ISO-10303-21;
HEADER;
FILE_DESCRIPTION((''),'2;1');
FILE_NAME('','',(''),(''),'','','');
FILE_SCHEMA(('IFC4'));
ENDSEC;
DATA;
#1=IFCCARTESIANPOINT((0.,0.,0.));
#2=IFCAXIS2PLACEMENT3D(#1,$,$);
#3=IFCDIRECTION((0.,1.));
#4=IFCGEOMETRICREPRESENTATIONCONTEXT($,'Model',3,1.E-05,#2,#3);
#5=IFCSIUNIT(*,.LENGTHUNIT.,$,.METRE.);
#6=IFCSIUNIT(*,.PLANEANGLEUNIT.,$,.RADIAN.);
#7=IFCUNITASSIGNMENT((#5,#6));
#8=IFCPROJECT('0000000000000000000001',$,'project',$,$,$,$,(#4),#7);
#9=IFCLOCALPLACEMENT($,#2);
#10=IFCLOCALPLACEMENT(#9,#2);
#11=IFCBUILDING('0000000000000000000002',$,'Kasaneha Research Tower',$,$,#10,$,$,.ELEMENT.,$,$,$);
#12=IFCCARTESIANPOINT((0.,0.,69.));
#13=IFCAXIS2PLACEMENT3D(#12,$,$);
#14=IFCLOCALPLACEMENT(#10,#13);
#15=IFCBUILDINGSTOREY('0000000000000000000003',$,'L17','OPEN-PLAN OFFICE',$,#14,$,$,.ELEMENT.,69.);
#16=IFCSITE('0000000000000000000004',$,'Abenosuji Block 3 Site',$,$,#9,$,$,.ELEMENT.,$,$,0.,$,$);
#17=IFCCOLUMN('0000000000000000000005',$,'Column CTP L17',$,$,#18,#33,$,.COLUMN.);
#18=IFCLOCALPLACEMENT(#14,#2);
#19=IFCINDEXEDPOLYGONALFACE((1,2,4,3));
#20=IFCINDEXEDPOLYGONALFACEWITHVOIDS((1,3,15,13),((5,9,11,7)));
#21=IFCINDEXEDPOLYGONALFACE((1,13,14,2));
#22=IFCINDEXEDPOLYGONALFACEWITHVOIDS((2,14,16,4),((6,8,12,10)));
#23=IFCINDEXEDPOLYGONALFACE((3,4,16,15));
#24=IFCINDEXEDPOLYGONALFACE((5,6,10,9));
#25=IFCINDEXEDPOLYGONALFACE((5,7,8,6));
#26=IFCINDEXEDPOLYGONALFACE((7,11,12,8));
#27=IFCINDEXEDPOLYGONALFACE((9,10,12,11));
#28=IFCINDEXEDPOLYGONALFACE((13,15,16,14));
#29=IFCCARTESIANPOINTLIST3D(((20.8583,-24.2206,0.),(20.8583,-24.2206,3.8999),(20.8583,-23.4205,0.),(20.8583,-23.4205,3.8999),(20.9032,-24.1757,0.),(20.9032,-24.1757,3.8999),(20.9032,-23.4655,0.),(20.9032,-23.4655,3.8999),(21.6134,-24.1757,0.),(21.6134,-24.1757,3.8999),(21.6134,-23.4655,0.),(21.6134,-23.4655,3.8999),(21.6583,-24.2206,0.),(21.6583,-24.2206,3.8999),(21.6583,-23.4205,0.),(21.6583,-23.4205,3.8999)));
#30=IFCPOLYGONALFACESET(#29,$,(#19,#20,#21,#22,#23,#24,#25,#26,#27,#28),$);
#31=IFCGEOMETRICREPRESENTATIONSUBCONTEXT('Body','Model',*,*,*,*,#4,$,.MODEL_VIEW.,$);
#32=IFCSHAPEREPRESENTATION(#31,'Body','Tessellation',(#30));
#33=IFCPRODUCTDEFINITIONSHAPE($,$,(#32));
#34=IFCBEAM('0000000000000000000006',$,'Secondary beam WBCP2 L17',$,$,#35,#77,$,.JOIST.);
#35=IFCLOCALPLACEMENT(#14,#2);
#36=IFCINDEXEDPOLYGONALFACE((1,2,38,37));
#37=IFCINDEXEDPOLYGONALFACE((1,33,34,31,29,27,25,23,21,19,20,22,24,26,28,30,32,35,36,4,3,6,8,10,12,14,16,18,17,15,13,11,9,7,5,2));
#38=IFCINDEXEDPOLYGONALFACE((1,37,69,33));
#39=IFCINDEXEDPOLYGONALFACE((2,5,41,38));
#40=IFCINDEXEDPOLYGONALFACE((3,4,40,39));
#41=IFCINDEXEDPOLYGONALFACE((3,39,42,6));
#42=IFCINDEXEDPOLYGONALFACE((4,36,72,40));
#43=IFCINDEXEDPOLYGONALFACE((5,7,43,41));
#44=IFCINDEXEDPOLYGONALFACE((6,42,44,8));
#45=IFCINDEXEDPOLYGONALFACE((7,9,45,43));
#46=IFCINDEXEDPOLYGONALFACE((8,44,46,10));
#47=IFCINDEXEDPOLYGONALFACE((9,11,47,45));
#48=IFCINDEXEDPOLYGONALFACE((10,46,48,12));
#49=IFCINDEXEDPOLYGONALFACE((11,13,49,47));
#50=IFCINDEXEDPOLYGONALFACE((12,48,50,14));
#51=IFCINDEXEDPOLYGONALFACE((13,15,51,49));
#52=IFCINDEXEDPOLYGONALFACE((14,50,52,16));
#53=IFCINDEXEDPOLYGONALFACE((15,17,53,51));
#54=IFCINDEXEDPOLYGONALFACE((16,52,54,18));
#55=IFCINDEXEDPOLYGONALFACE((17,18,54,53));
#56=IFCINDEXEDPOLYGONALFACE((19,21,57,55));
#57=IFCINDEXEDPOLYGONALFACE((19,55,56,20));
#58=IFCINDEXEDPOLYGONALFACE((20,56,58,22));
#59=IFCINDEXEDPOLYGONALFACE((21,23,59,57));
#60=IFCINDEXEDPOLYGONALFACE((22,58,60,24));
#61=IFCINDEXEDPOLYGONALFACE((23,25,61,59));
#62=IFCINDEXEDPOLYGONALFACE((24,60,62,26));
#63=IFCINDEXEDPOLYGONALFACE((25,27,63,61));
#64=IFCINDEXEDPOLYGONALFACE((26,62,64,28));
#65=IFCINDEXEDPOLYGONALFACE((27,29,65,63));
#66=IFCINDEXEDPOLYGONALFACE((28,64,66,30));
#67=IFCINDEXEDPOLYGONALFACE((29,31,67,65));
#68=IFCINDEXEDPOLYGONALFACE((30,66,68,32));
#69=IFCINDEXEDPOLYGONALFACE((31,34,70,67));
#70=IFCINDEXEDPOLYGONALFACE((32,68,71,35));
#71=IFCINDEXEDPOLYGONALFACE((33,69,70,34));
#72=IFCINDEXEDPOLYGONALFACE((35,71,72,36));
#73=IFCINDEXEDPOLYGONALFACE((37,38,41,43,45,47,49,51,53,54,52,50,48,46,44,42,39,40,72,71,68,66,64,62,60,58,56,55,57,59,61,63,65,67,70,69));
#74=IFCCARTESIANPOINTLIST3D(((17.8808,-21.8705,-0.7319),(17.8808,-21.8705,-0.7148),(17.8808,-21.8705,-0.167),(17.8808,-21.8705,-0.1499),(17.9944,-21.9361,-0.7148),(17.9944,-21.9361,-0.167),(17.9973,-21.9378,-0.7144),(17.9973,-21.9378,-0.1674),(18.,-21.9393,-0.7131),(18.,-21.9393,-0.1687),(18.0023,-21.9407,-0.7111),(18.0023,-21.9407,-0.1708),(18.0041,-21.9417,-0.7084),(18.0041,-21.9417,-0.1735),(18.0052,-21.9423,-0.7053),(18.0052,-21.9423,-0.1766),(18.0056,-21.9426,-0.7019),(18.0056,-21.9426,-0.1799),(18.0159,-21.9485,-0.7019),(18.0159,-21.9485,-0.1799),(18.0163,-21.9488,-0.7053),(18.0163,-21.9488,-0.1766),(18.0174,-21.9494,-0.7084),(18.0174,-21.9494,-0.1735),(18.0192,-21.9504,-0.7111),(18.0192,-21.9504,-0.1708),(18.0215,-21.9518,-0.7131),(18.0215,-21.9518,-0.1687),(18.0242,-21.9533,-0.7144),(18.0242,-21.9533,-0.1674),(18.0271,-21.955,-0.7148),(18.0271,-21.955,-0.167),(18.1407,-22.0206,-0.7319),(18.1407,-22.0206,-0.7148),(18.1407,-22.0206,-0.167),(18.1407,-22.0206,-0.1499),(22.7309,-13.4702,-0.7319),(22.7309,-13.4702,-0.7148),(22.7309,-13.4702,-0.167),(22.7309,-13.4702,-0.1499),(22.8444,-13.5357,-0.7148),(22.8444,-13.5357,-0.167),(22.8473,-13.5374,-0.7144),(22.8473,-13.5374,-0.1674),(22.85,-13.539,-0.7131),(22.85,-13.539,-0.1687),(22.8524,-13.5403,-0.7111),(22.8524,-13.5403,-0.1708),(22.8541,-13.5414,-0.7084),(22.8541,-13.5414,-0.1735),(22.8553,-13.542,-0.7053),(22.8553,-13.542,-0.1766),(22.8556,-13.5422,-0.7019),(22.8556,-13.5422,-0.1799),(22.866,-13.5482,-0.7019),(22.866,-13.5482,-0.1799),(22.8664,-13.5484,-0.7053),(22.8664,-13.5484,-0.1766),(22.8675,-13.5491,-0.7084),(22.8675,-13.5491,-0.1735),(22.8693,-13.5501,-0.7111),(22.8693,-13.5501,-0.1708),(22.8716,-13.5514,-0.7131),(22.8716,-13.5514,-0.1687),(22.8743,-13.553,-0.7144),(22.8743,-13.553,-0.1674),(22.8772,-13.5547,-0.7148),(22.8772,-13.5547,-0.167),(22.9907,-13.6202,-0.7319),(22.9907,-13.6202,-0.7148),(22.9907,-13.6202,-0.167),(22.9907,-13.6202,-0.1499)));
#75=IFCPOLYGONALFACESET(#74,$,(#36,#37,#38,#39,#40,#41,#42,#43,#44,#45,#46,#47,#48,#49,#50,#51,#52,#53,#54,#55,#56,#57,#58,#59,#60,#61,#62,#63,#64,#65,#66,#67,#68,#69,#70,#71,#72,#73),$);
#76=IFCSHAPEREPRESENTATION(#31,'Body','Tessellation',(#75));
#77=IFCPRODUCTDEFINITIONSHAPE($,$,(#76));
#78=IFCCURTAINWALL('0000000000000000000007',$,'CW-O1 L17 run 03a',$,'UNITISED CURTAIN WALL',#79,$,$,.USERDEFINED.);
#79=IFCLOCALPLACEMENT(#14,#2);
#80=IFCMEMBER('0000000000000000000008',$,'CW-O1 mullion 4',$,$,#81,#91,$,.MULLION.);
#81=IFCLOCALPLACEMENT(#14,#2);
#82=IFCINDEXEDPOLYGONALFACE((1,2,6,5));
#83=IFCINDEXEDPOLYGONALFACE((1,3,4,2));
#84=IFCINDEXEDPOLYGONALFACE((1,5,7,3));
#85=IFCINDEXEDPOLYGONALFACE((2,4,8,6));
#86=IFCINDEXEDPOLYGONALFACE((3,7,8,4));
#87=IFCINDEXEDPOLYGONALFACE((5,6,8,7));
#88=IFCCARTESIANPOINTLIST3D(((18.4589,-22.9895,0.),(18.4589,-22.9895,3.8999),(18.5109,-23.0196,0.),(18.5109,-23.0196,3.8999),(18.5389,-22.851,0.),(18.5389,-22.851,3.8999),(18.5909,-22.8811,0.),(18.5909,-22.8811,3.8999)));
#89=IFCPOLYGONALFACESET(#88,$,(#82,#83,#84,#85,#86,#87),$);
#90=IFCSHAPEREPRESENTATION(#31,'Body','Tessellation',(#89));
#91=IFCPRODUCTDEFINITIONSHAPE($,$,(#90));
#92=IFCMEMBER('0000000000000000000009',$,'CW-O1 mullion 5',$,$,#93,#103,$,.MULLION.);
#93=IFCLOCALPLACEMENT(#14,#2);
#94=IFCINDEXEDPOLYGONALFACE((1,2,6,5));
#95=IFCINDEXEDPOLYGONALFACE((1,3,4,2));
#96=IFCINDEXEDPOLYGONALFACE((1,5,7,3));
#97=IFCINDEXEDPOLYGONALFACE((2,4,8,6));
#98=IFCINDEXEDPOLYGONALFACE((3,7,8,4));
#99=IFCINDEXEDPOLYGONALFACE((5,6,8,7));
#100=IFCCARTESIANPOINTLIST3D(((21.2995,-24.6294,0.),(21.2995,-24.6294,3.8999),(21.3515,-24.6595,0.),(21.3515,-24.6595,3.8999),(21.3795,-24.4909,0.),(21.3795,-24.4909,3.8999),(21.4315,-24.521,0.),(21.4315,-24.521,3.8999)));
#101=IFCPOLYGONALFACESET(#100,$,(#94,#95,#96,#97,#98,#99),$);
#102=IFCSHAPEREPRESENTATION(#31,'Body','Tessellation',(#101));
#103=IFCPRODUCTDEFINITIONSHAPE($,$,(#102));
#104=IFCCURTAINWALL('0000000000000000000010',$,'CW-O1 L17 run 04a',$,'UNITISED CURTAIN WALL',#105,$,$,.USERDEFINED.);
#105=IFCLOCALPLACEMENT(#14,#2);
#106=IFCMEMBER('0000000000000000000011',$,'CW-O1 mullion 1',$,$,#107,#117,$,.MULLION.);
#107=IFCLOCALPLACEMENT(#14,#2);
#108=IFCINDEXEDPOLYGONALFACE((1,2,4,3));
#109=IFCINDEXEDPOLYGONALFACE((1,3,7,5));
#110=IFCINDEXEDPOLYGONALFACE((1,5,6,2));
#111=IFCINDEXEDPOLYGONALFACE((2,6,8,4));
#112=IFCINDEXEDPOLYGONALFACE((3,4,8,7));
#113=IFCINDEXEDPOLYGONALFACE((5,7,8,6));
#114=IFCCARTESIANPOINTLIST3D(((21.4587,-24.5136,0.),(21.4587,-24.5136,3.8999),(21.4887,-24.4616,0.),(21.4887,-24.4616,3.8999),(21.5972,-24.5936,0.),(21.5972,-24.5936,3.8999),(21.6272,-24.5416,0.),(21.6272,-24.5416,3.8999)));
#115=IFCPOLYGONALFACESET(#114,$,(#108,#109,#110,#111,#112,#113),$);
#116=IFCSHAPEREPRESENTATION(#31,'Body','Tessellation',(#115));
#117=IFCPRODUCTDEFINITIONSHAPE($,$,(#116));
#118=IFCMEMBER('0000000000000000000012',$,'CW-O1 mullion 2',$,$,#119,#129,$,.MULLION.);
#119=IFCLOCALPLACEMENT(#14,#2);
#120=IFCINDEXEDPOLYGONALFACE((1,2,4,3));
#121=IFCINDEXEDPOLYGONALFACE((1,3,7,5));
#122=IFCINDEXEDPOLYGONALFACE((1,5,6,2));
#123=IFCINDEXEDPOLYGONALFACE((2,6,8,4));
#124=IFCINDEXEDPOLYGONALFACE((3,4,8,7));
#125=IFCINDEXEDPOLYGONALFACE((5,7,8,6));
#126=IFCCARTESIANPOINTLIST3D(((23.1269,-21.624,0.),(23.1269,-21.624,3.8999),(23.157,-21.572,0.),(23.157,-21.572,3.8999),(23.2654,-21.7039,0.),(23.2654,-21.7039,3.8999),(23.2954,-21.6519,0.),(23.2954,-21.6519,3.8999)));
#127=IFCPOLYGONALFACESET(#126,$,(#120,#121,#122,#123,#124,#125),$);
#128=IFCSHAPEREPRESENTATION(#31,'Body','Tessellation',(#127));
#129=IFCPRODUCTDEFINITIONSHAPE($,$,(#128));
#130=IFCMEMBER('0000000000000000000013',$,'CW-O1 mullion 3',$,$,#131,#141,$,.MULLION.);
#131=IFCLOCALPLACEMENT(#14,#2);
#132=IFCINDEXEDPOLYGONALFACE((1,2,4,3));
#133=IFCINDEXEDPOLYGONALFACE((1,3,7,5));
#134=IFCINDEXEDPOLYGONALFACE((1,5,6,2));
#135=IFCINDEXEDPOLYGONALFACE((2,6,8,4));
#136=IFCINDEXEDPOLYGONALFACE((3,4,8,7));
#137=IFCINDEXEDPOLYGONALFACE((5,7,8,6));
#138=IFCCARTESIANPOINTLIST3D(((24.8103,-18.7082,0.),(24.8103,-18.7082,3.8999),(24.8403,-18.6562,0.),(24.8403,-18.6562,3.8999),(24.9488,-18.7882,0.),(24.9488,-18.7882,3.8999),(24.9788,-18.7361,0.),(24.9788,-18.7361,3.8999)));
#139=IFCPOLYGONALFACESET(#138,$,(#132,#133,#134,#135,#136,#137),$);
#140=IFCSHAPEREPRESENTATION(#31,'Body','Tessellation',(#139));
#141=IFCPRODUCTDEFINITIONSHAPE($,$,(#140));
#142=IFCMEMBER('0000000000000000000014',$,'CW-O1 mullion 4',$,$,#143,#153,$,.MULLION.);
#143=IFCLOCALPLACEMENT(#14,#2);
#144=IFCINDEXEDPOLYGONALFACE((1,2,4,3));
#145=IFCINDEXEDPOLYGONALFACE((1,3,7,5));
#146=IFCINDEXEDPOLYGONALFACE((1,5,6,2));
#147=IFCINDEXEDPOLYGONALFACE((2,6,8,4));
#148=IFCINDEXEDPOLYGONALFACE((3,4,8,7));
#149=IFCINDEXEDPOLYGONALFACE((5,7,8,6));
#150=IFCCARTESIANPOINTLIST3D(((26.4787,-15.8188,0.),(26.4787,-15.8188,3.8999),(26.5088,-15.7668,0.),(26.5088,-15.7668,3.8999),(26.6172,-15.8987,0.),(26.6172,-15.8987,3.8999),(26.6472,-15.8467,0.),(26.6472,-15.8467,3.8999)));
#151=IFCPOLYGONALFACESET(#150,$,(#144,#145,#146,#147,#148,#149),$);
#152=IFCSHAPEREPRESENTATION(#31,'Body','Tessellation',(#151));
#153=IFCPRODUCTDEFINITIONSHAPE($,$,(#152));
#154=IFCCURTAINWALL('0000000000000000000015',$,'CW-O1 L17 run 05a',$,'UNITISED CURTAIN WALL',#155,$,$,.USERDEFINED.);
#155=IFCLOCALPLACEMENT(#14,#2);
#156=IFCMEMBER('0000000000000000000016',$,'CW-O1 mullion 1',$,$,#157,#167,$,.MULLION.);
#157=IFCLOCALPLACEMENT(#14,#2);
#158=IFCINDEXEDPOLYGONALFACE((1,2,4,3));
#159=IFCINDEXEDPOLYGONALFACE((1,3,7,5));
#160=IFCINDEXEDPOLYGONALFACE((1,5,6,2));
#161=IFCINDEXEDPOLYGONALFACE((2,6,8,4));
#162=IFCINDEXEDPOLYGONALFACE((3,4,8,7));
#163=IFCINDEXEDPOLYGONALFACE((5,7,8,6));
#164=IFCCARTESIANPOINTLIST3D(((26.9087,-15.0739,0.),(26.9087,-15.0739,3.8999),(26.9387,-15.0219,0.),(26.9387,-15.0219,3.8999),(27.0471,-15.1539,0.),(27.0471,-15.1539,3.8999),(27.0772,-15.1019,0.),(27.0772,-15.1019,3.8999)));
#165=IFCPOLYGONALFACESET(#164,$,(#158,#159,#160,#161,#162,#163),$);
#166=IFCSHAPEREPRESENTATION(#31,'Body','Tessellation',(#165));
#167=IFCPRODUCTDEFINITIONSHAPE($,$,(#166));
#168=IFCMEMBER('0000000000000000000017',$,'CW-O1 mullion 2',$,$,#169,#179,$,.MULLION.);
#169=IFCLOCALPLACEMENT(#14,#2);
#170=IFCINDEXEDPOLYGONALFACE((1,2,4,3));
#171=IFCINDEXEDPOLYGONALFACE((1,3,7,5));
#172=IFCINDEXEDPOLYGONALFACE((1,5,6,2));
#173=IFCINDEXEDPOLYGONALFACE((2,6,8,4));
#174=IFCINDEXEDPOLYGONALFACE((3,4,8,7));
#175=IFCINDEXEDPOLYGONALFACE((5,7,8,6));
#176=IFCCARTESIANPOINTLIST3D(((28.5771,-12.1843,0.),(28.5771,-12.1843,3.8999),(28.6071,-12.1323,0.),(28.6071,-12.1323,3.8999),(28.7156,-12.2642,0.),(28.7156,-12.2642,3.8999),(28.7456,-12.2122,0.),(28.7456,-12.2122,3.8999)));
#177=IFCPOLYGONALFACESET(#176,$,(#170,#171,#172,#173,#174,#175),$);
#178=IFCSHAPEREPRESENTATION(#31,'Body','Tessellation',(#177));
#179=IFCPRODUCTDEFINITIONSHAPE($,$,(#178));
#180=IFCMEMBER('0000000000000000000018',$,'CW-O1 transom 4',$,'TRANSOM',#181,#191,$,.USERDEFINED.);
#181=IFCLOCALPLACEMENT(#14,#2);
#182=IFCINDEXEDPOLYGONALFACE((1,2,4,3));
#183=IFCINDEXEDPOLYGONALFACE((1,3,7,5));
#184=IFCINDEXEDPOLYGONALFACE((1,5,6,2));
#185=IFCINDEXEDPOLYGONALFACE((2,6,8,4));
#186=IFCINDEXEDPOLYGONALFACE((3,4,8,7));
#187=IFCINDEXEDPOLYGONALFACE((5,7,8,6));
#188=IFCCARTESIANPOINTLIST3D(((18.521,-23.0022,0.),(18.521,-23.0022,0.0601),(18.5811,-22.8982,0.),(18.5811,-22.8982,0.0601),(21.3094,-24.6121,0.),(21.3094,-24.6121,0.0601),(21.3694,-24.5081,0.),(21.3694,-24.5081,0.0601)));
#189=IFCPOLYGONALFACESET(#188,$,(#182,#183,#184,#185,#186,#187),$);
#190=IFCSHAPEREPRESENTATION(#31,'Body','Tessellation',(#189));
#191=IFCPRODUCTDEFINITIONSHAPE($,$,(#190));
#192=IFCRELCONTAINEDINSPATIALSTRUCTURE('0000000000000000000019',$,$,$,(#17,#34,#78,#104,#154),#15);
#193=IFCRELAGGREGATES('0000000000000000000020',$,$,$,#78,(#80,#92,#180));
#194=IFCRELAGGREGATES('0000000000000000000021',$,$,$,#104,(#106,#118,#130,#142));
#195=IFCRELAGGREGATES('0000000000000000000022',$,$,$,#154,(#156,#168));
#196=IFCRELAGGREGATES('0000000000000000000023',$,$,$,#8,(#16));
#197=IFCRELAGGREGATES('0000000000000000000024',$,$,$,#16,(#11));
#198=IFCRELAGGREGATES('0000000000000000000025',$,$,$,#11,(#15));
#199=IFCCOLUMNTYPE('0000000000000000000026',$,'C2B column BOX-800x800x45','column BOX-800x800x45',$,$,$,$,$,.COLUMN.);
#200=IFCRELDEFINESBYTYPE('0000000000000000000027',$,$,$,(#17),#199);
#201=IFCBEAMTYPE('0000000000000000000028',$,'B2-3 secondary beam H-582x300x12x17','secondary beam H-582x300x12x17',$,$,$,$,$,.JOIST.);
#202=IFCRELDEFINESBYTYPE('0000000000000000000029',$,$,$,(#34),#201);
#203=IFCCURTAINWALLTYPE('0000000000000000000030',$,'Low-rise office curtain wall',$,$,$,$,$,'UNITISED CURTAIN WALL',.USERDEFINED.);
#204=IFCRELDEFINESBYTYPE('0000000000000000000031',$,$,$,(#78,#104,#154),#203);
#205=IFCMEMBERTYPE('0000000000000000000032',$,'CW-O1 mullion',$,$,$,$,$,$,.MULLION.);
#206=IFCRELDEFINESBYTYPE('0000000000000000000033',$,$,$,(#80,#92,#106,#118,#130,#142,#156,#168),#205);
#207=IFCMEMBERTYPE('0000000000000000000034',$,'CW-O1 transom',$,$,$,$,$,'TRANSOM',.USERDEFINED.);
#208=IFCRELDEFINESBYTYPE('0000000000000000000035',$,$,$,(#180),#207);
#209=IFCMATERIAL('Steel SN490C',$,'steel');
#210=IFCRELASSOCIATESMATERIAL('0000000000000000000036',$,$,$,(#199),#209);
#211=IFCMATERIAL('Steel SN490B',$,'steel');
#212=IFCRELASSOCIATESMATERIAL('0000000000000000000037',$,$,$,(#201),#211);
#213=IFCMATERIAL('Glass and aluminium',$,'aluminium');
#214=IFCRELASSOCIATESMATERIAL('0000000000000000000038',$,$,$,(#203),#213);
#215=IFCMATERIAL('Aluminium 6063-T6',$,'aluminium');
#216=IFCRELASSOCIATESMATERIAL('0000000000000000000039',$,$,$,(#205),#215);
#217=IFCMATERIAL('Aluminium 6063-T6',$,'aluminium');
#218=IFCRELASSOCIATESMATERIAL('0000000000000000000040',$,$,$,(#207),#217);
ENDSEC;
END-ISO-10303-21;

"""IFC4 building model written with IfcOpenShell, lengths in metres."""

from ifc_helpers import new_model, si_unit, direction, frame, origin, origin_2d, place, context, subcontext, project, spatial, rectangle, hollow_rectangle, i_section, extrude, material, material_profile, profile_set, type_object, element, aggregate, save


model = new_model("IFC4")

# Units and contexts
model_context = context("Model", 3, precision=1e-05, world=origin(), true_north=direction((0.0, 1.0)))
body_context = subcontext(model_context, "Body", "Model", "MODEL_VIEW")
ifc_project = project(units=[si_unit("LENGTHUNIT", "METRE"), si_unit("PLANEANGLEUNIT", "RADIAN")], contexts=[model_context])

# Site, building, storey
site_placement = place(None, origin())
site = spatial("IfcSite", under=ifc_project, at=site_placement, Name="Abenosuji Block 3 Site", CompositionType="ELEMENT", RefElevation=0.0)
building_placement = place(site_placement, origin())
building = spatial("IfcBuilding", under=site, at=building_placement, Name="Kasaneha Research Tower", CompositionType="ELEMENT")
storey_placement = place(building_placement, frame((0.0, 0.0, 69.0)))
storey = spatial("IfcBuildingStorey", under=building, at=storey_placement, Name="L17", Description="OPEN-PLAN OFFICE", CompositionType="ELEMENT", Elevation=69.0)

# Column
ifc_material_1 = material(Name="Steel SN490C", Category="steel")
ifc_material_profile_1 = material_profile(ifc_material_1, hollow_rectangle(XDim=0.8, YDim=0.8, WallThickness=0.0449, at=origin_2d()), Name="BOX-800x800x45")
ifc_profile_set_1 = profile_set([ifc_material_profile_1], Name="Steel SN490C")
column_type = type_object("IfcColumnType", Name="C2B column BOX-800x800x45", Description="column BOX-800x800x45", PredefinedType="COLUMN", material=ifc_profile_set_1)
column_placement = place(storey_placement, frame((21.2583, -23.8206, 0.0), z_axis=(0.0, 0.0, 1.0), x_axis=(1.0, 0.0, 0.0)))
element("IfcColumn", 1, at=column_placement, inside=storey, type_object=column_type, Name="Column CTP L17", PredefinedType="COLUMN", context=body_context, shape_type="SweptSolid", body=[
    extrude(hollow_rectangle(XDim=0.8, YDim=0.8, WallThickness=0.0449, at=origin_2d()), origin(), (0.0, 0.0, 1.0), 3.8999),
])

# Beam
ifc_material_2 = material(Name="Steel SN490B", Category="steel")
ifc_material_profile_2 = material_profile(ifc_material_2, i_section(OverallWidth=0.3, OverallDepth=0.582, WebThickness=0.012, FlangeThickness=0.0171, FilletRadius=0.0129, at=origin_2d()), Name="H-582x300x12x17")
ifc_profile_set_2 = profile_set([ifc_material_profile_2], Name="Steel SN490B")
beam_type_1 = type_object("IfcBeamType", Name="B2-3 secondary beam H-582x300x12x17", Description="secondary beam H-582x300x12x17", PredefinedType="JOIST", material=ifc_profile_set_2)
beam_1_placement = place(storey_placement, frame((18.0107, -21.9456, -0.4409), z_axis=(0.50001, 0.86602, 0.0), x_axis=(-0.86602, 0.50001, 0.0)))
element("IfcBeam", 2, at=beam_1_placement, inside=storey, type_object=beam_type_1, Name="Secondary beam WBCP2 L17", PredefinedType="JOIST", context=body_context, shape_type="SweptSolid", body=[
    extrude(i_section(OverallWidth=0.3, OverallDepth=0.582, WebThickness=0.012, FlangeThickness=0.0171, FilletRadius=0.0129, at=origin_2d()), origin(), (0.0, 0.0, 1.0), 9.7),
])

# Curtain walls, members
ifc_material_3 = material(Name="Glass and aluminium", Category="aluminium")
curtain_wall_type = type_object("IfcCurtainWallType", Name="Low-rise office curtain wall", ElementType="UNITISED CURTAIN WALL", PredefinedType="USERDEFINED", material=ifc_material_3)
curtain_wall_1_placement = place(storey_placement, origin())
curtain_wall_1 = element("IfcCurtainWall", 3, at=curtain_wall_1_placement, inside=storey, type_object=curtain_wall_type, Name="CW-O1 L17 run 03a", ObjectType="UNITISED CURTAIN WALL", PredefinedType="USERDEFINED")
ifc_material_4 = material(Name="Aluminium 6063-T6", Category="aluminium")
ifc_material_profile_3 = material_profile(ifc_material_4, rectangle(XDim=0.0601, YDim=0.1599, at=origin_2d()), Name="CW-O1 mullion 60x160")
ifc_profile_set_3 = profile_set([ifc_material_profile_3], Name="Aluminium 6063-T6")
member_type_1 = type_object("IfcMemberType", Name="CW-O1 mullion", PredefinedType="MULLION", material=ifc_profile_set_3)
member_1_placement = place(storey_placement, frame((18.5249, -22.9353, 0.0), z_axis=(0.0, 0.0, 1.0), x_axis=(0.866025, -0.5, 0.0)))
member_1 = element("IfcMember", 4, at=member_1_placement, type_object=member_type_1, Name="CW-O1 mullion 4", PredefinedType="MULLION", context=body_context, shape_type="SweptSolid", body=[
    extrude(rectangle(XDim=0.0601, YDim=0.1599, at=origin_2d()), origin(), (0.0, 0.0, 1.0), 3.8999),
])
member_2_placement = place(storey_placement, frame((21.3655, -24.5752, 0.0), z_axis=(0.0, 0.0, 1.0), x_axis=(0.866025, -0.5, 0.0)))
member_2 = element("IfcMember", 5, at=member_2_placement, type_object=member_type_1, Name="CW-O1 mullion 5", PredefinedType="MULLION", context=body_context, shape_type="SweptSolid", body=[
    extrude(rectangle(XDim=0.0601, YDim=0.1599, at=origin_2d()), origin(), (0.0, 0.0, 1.0), 3.8999),
])
curtain_wall_2_placement = place(storey_placement, origin())
curtain_wall_2 = element("IfcCurtainWall", 6, at=curtain_wall_2_placement, inside=storey, type_object=curtain_wall_type, Name="CW-O1 L17 run 04a", ObjectType="UNITISED CURTAIN WALL", PredefinedType="USERDEFINED")
member_3_placement = place(storey_placement, frame((21.543, -24.5276, 0.0), z_axis=(0.0, 0.0, 1.0), x_axis=(0.5, 0.866025, 0.0)))
member_3 = element("IfcMember", 7, at=member_3_placement, type_object=member_type_1, Name="CW-O1 mullion 1", PredefinedType="MULLION", context=body_context, shape_type="SweptSolid", body=[
    extrude(rectangle(XDim=0.0601, YDim=0.1599, at=origin_2d()), origin(), (0.0, 0.0, 1.0), 3.8999),
])
member_4_placement = place(storey_placement, frame((23.2112, -21.6379, 0.0), z_axis=(0.0, 0.0, 1.0), x_axis=(0.5, 0.866025, 0.0)))
member_4 = element("IfcMember", 8, at=member_4_placement, type_object=member_type_1, Name="CW-O1 mullion 2", PredefinedType="MULLION", context=body_context, shape_type="SweptSolid", body=[
    extrude(rectangle(XDim=0.0601, YDim=0.1599, at=origin_2d()), origin(), (0.0, 0.0, 1.0), 3.8999),
])
member_5_placement = place(storey_placement, frame((24.8945, -18.7222, 0.0), z_axis=(0.0, 0.0, 1.0), x_axis=(0.5, 0.866025, 0.0)))
member_5 = element("IfcMember", 9, at=member_5_placement, type_object=member_type_1, Name="CW-O1 mullion 3", PredefinedType="MULLION", context=body_context, shape_type="SweptSolid", body=[
    extrude(rectangle(XDim=0.0601, YDim=0.1599, at=origin_2d()), origin(), (0.0, 0.0, 1.0), 3.8999),
])
member_6_placement = place(storey_placement, frame((26.563, -15.8328, 0.0), z_axis=(0.0, 0.0, 1.0), x_axis=(0.5, 0.866025, 0.0)))
member_6 = element("IfcMember", 10, at=member_6_placement, type_object=member_type_1, Name="CW-O1 mullion 4", PredefinedType="MULLION", context=body_context, shape_type="SweptSolid", body=[
    extrude(rectangle(XDim=0.0601, YDim=0.1599, at=origin_2d()), origin(), (0.0, 0.0, 1.0), 3.8999),
])
curtain_wall_3_placement = place(storey_placement, origin())
curtain_wall_3 = element("IfcCurtainWall", 11, at=curtain_wall_3_placement, inside=storey, type_object=curtain_wall_type, Name="CW-O1 L17 run 05a", ObjectType="UNITISED CURTAIN WALL", PredefinedType="USERDEFINED")
member_7_placement = place(storey_placement, frame((26.9929, -15.0879, 0.0), z_axis=(0.0, 0.0, 1.0), x_axis=(0.5, 0.866025, 0.0)))
member_7 = element("IfcMember", 12, at=member_7_placement, type_object=member_type_1, Name="CW-O1 mullion 1", PredefinedType="MULLION", context=body_context, shape_type="SweptSolid", body=[
    extrude(rectangle(XDim=0.0601, YDim=0.1599, at=origin_2d()), origin(), (0.0, 0.0, 1.0), 3.8999),
])
member_8_placement = place(storey_placement, frame((28.6614, -12.1982, 0.0), z_axis=(0.0, 0.0, 1.0), x_axis=(0.5, 0.866025, 0.0)))
member_8 = element("IfcMember", 13, at=member_8_placement, type_object=member_type_1, Name="CW-O1 mullion 2", PredefinedType="MULLION", context=body_context, shape_type="SweptSolid", body=[
    extrude(rectangle(XDim=0.0601, YDim=0.1599, at=origin_2d()), origin(), (0.0, 0.0, 1.0), 3.8999),
])

# Member
ifc_material_5 = material(Name="Aluminium 6063-T6", Category="aluminium")
ifc_material_profile_4 = material_profile(ifc_material_5, rectangle(XDim=0.1201, YDim=0.0601, at=origin_2d()), Name="CW-O1 transom 120x60")
ifc_profile_set_4 = profile_set([ifc_material_profile_4], Name="Aluminium 6063-T6")
member_type_2 = type_object("IfcMemberType", Name="CW-O1 transom", ElementType="TRANSOM", PredefinedType="USERDEFINED", material=ifc_profile_set_4)
member_9_placement = place(storey_placement, frame((18.551, -22.9502, 0.03), z_axis=(0.866023, -0.500005, 0.0), x_axis=(0.500005, 0.866023, 0.0)))
member_9 = element("IfcMember", 14, at=member_9_placement, type_object=member_type_2, Name="CW-O1 transom 4", ObjectType="TRANSOM", PredefinedType="USERDEFINED", context=body_context, shape_type="SweptSolid", body=[
    extrude(rectangle(XDim=0.1201, YDim=0.0601, at=origin_2d()), origin(), (0.0, 0.0, 1.0), 3.2197),
])

aggregate(curtain_wall_1, [member_1, member_2, member_9])
aggregate(curtain_wall_2, [member_3, member_4, member_5, member_6])
aggregate(curtain_wall_3, [member_7, member_8])

save(model, "model.ifc")
